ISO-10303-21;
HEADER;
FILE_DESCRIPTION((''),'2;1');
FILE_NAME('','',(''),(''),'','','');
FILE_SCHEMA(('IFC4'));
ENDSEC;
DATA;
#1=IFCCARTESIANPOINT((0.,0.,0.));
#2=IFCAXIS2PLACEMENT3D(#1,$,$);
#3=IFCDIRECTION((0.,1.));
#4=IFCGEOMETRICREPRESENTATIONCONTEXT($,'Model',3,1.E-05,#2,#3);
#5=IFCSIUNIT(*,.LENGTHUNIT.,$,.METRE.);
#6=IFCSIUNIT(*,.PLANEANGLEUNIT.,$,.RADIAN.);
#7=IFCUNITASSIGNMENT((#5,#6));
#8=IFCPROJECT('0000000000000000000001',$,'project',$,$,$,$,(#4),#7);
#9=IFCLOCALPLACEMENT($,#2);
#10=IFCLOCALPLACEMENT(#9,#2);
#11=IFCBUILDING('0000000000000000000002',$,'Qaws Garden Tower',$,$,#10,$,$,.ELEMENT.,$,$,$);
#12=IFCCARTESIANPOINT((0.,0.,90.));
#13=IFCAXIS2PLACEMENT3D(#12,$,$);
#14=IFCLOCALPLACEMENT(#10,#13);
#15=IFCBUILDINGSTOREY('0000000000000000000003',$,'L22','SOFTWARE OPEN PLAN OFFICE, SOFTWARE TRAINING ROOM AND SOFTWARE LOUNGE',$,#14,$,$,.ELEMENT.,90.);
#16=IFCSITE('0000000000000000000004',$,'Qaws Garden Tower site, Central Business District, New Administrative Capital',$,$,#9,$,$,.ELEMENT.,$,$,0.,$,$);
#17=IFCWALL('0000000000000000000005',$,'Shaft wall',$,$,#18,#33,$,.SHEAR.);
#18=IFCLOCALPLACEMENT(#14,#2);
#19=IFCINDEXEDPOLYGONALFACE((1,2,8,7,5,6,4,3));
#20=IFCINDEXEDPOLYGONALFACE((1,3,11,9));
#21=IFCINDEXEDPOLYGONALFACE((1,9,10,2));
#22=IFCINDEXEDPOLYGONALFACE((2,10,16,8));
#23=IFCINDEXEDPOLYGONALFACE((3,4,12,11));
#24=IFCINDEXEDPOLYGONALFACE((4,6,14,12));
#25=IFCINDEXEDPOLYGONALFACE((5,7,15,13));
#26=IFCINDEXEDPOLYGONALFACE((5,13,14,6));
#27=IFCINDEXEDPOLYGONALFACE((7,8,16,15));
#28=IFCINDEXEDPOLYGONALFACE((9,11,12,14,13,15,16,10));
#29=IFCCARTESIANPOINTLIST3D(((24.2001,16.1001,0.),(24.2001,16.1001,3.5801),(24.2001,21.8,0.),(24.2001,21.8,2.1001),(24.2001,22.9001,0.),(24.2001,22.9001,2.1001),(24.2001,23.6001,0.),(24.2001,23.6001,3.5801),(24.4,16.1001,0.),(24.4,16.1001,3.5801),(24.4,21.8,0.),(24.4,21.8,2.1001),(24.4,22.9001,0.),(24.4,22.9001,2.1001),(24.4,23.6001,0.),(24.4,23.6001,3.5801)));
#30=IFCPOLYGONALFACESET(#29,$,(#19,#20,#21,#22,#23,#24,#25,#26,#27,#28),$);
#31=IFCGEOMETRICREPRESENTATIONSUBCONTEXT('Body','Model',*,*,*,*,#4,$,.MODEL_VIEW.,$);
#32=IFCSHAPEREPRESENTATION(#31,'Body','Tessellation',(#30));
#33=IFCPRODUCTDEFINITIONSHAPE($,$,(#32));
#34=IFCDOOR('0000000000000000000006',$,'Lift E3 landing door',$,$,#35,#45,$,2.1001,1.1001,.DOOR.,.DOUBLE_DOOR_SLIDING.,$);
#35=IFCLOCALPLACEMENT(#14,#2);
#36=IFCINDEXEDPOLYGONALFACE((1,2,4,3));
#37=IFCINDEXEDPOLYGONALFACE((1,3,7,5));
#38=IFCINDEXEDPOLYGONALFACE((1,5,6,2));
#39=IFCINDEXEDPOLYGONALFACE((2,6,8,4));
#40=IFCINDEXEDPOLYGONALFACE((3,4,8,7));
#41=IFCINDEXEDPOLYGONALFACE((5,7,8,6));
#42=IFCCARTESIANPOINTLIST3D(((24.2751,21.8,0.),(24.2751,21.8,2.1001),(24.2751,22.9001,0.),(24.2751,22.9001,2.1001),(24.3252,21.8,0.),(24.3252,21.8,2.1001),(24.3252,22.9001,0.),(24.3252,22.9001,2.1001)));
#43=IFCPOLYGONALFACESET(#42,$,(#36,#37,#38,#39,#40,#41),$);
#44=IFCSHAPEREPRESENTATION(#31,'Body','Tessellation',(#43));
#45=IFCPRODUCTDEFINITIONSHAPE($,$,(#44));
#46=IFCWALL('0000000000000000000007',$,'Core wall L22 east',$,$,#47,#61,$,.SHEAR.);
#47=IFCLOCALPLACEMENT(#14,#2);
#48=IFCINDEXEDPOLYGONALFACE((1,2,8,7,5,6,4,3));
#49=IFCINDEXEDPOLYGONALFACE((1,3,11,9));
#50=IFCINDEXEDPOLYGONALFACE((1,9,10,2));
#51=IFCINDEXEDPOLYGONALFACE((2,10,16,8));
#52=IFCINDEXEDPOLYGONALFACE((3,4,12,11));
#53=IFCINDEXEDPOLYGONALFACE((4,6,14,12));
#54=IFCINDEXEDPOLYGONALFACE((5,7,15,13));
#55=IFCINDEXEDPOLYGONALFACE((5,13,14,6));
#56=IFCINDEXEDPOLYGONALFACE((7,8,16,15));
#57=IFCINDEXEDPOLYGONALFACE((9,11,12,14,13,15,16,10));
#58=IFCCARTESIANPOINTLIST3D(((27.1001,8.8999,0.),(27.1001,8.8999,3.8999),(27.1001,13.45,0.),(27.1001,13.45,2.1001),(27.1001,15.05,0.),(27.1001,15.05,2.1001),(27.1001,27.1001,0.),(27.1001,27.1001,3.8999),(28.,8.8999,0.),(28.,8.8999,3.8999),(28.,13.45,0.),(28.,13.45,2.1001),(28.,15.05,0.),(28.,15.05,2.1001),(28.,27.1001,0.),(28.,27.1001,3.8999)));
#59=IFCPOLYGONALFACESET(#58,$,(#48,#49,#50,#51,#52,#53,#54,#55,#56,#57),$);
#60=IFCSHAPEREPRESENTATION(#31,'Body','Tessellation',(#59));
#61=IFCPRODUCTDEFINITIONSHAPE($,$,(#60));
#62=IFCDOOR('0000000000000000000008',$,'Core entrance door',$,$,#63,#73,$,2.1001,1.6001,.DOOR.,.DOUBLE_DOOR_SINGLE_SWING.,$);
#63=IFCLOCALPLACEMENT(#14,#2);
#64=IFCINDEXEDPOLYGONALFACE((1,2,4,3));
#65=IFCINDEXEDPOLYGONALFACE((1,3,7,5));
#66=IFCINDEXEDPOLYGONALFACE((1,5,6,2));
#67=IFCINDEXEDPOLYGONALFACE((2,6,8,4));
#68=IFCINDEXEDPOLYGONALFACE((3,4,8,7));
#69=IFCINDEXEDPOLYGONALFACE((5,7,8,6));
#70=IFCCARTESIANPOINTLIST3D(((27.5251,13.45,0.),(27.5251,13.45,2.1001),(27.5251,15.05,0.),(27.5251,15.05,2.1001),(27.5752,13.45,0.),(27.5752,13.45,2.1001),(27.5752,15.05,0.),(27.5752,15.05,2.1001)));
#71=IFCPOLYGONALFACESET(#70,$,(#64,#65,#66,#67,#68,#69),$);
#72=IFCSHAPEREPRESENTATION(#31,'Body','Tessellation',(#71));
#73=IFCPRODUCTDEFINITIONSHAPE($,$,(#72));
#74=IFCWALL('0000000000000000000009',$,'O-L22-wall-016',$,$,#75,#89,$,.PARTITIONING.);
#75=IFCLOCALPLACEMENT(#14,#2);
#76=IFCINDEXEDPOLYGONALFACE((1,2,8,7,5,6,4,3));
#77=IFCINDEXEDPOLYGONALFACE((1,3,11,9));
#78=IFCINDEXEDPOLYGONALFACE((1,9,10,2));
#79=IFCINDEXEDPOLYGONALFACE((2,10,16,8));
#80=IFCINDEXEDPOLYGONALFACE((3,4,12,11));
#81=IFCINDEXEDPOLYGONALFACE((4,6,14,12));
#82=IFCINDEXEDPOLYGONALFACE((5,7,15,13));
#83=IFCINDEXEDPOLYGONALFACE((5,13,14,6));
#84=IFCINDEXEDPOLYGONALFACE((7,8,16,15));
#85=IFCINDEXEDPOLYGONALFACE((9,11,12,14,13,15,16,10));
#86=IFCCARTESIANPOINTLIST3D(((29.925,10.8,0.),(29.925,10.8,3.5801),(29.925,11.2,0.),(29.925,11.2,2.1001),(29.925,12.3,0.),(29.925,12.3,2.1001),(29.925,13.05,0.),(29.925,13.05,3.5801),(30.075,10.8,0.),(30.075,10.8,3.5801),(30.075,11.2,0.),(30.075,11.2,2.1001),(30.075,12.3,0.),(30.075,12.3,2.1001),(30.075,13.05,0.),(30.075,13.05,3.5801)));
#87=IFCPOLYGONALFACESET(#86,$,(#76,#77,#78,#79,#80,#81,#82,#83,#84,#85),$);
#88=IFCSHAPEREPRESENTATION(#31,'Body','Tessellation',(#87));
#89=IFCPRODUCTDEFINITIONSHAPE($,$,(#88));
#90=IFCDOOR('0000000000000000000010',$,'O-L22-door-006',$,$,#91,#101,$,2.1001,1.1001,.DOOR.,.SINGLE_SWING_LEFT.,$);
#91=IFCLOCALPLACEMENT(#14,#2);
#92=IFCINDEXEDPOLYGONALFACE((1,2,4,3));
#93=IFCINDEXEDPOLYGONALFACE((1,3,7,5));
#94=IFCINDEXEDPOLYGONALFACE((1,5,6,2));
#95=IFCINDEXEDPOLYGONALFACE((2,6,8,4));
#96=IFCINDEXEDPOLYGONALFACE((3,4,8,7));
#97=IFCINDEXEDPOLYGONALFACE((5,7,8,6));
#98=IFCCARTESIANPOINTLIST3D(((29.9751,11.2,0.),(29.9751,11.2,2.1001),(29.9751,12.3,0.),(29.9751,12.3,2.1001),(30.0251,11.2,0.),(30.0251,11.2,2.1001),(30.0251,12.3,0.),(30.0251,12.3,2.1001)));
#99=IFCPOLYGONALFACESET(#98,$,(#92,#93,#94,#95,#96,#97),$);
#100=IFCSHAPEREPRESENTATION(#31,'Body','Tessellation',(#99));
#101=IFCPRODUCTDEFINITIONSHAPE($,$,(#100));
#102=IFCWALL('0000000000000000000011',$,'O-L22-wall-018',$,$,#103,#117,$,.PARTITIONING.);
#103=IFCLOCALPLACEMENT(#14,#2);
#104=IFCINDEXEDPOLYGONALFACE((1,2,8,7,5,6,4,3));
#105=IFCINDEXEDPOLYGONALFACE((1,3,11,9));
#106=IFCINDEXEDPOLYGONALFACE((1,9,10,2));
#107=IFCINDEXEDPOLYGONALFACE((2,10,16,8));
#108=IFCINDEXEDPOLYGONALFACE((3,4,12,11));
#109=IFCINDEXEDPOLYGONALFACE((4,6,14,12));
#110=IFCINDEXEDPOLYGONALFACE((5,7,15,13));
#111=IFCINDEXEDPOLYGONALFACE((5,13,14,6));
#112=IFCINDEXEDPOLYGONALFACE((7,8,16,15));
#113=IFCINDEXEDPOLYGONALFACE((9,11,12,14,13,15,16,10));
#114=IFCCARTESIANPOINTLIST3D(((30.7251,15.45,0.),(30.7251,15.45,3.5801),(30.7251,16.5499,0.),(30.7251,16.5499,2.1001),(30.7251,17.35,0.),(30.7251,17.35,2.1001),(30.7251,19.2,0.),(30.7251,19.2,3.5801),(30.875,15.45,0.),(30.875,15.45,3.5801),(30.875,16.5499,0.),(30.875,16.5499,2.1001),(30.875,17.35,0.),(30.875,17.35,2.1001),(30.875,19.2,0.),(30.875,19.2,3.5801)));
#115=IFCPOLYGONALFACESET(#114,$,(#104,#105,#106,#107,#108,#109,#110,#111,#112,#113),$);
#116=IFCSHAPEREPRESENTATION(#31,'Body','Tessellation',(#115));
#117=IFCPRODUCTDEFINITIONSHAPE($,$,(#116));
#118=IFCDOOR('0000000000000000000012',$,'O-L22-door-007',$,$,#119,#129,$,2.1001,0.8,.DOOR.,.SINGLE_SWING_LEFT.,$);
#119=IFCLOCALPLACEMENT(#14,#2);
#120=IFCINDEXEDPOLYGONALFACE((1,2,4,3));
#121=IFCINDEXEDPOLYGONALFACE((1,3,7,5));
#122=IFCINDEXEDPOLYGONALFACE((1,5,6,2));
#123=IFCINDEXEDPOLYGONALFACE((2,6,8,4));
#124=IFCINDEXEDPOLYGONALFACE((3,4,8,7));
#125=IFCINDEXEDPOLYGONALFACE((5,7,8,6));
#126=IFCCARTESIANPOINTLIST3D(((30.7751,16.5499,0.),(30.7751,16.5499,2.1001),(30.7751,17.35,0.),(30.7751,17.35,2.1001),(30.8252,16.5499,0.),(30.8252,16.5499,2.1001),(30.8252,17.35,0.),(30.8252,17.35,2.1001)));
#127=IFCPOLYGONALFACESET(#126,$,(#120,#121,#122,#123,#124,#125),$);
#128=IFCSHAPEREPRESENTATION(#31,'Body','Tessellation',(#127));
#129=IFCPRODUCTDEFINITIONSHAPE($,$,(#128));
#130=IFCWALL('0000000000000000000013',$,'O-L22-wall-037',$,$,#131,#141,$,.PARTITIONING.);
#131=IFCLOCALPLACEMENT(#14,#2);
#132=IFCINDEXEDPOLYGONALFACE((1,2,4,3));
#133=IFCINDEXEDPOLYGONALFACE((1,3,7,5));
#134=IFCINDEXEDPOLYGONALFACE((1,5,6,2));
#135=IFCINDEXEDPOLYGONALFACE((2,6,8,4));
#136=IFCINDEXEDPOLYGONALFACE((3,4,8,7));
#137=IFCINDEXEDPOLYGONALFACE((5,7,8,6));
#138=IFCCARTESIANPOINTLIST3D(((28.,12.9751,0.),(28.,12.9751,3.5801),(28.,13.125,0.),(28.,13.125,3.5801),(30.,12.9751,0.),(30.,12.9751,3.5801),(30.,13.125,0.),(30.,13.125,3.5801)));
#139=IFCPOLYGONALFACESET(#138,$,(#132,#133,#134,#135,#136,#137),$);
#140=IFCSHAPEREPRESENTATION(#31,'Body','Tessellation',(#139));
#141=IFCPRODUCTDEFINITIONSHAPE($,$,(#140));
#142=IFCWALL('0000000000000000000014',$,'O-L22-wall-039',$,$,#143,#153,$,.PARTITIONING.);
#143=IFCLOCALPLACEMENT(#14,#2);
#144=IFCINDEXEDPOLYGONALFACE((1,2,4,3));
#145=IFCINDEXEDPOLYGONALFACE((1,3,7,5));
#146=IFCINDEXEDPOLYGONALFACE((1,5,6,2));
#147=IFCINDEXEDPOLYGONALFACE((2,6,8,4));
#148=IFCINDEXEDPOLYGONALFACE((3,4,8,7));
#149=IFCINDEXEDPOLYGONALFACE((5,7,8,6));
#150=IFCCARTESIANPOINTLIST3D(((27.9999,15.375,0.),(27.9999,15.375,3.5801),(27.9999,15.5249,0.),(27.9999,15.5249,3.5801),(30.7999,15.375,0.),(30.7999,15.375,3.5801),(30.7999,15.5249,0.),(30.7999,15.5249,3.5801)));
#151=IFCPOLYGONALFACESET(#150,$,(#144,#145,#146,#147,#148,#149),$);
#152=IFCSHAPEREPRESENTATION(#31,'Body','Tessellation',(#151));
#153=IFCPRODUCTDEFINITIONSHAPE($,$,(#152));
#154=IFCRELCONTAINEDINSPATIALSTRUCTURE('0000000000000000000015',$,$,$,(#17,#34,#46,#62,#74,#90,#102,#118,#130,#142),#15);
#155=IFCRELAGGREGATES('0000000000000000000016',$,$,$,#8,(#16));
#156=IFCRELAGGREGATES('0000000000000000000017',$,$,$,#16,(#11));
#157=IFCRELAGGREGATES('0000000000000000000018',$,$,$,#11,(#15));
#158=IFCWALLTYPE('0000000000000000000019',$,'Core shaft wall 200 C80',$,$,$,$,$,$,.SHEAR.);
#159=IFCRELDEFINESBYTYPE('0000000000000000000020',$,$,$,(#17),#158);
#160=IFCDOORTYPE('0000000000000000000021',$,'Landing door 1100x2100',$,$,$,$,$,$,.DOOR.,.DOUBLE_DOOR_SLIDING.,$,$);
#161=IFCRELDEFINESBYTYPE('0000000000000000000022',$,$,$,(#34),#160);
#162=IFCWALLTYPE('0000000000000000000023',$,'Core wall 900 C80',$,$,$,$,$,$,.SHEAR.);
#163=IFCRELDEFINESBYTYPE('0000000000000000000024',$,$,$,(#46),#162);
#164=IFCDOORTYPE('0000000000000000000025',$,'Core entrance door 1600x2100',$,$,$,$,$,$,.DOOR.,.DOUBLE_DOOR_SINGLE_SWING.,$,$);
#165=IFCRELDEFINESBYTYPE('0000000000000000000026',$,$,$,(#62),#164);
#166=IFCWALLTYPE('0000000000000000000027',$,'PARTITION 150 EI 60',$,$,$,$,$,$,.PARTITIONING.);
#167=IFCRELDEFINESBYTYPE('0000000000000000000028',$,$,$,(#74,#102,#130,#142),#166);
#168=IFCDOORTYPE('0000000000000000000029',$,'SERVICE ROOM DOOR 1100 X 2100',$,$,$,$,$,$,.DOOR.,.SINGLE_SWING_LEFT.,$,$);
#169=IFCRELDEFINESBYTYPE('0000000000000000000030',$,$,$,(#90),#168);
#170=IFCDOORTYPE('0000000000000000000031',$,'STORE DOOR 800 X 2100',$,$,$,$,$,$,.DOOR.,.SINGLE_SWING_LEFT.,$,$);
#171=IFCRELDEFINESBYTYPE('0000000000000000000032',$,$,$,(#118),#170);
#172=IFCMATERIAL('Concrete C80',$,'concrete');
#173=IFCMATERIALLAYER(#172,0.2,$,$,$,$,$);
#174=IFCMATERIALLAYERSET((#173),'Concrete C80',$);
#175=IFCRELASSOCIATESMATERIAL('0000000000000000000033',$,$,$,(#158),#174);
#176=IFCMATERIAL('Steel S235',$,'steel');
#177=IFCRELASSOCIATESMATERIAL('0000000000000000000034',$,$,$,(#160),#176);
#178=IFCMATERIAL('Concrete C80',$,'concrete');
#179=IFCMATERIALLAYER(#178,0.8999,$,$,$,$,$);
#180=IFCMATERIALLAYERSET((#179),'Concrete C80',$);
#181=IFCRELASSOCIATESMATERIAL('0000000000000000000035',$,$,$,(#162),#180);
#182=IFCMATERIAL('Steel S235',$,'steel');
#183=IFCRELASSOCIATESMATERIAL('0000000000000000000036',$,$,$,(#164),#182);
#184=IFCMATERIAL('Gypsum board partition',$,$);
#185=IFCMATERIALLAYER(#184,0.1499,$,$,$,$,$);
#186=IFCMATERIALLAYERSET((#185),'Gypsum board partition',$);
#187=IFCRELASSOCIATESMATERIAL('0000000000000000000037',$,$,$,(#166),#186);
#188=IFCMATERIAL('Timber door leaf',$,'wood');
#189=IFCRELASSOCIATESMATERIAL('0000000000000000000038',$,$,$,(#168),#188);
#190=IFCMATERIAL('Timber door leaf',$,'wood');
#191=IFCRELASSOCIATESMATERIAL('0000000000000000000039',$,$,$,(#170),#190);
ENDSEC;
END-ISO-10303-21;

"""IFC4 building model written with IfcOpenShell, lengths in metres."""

from ifc_helpers import new_model, si_unit, direction, frame, frame_2d, origin, place, context, subcontext, project, spatial, rectangle, extrude, material, layer, layer_set, type_object, element, fill, save


model = new_model("IFC4")

# Units and contexts
model_context = context("Model", 3, precision=1e-05, world=origin(), true_north=direction((0.0, 1.0)))
body_context = subcontext(model_context, "Body", "Model", "MODEL_VIEW")
ifc_project = project(units=[si_unit("LENGTHUNIT", "METRE"), si_unit("PLANEANGLEUNIT", "RADIAN")], contexts=[model_context])

# Site, building, storey
site_placement = place(None, origin())
site = spatial("IfcSite", under=ifc_project, at=site_placement, Name="Qaws Garden Tower site, Central Business District, New Administrative Capital", CompositionType="ELEMENT", RefElevation=0.0)
building_placement = place(site_placement, origin())
building = spatial("IfcBuilding", under=site, at=building_placement, Name="Qaws Garden Tower", CompositionType="ELEMENT")
storey_placement = place(building_placement, frame((0.0, 0.0, 90.0)))
storey = spatial("IfcBuildingStorey", under=building, at=storey_placement, Name="L22", Description="SOFTWARE OPEN PLAN OFFICE, SOFTWARE TRAINING ROOM AND SOFTWARE LOUNGE", CompositionType="ELEMENT", Elevation=90.0)

# Shared definitions
ifc_material_1 = material(Name="Concrete C80", Category="concrete")
ifc_layer_1 = layer(ifc_material_1, 0.2)
ifc_layer_set_1 = layer_set([ifc_layer_1], Name="Concrete C80")
wall_type_1 = type_object("IfcWallType", Name="Core shaft wall 200 C80", PredefinedType="SHEAR", material=ifc_layer_set_1)

# Walls, openings, doors
wall_1_placement = place(storey_placement, frame((24.3, 16.1001, 0.0), z_axis=(0.0, 0.0, 1.0), x_axis=(0.0, 1.0, 0.0)))
wall_1 = element("IfcWall", 1, at=wall_1_placement, inside=storey, type_object=wall_type_1, Name="Shaft wall", PredefinedType="SHEAR", context=body_context, shape_type="SweptSolid", body=[
    extrude(rectangle(XDim=7.5, YDim=0.2, at=frame_2d((3.75, 0.0))), origin(), (0.0, 0.0, 1.0), 3.5801),
])
opening_1_placement = place(wall_1_placement, frame((5.7, 0.0, 0.0)))
opening_1 = element("IfcOpeningElement", 2, at=opening_1_placement, cuts=wall_1, PredefinedType="OPENING", context=body_context, shape_type="SweptSolid", body=[
    extrude(rectangle(XDim=1.1001, YDim=2.1001, at=frame_2d((0.55, 1.05))), frame((0.0, 0.1099, 0.0), z_axis=(0.0, -1.0, 0.0), x_axis=(1.0, 0.0, 0.0)), (0.0, 0.0, 1.0), 0.22),
])
ifc_material_2 = material(Name="Steel S235", Category="steel")
door_type_1 = type_object("IfcDoorType", Name="Landing door 1100x2100", OperationType="DOUBLE_DOOR_SLIDING", PredefinedType="DOOR", material=ifc_material_2)
door_1_placement = place(opening_1_placement, origin())
door_1 = element("IfcDoor", 3, at=door_1_placement, inside=storey, type_object=door_type_1, Name="Lift E3 landing door", OperationType="DOUBLE_DOOR_SLIDING", OverallHeight=2.1001, OverallWidth=1.1001, PredefinedType="DOOR", context=body_context, shape_type="SweptSolid", body=[
    extrude(rectangle(XDim=1.1001, YDim=2.1001, at=frame_2d((0.55, 1.05))), frame((0.0, 0.0249, 0.0), z_axis=(0.0, -1.0, 0.0), x_axis=(1.0, 0.0, 0.0)), (0.0, 0.0, 1.0), 0.05),
])
fill(opening_1, door_1)
ifc_material_3 = material(Name="Concrete C80", Category="concrete")
ifc_layer_2 = layer(ifc_material_3, 0.8999)
ifc_layer_set_2 = layer_set([ifc_layer_2], Name="Concrete C80")
wall_type_2 = type_object("IfcWallType", Name="Core wall 900 C80", PredefinedType="SHEAR", material=ifc_layer_set_2)
wall_2_placement = place(storey_placement, frame((27.55, 8.8999, 0.0), z_axis=(0.0, 0.0, 1.0), x_axis=(0.0, 1.0, 0.0)))
wall_2 = element("IfcWall", 4, at=wall_2_placement, inside=storey, type_object=wall_type_2, Name="Core wall L22 east", PredefinedType="SHEAR", context=body_context, shape_type="SweptSolid", body=[
    extrude(rectangle(XDim=18.2002, YDim=0.8999, at=frame_2d((9.1001, 0.0))), origin(), (0.0, 0.0, 1.0), 3.8999),
])
opening_2_placement = place(wall_2_placement, frame((4.55, 0.0, 0.0)))
opening_2 = element("IfcOpeningElement", 5, at=opening_2_placement, cuts=wall_2, PredefinedType="OPENING", context=body_context, shape_type="SweptSolid", body=[
    extrude(rectangle(XDim=1.6001, YDim=2.1001, at=frame_2d((0.8, 1.05))), frame((0.0, 0.46, 0.0), z_axis=(0.0, -1.0, 0.0), x_axis=(1.0, 0.0, 0.0)), (0.0, 0.0, 1.0), 0.9199),
])
ifc_material_4 = material(Name="Steel S235", Category="steel")
door_type_2 = type_object("IfcDoorType", Name="Core entrance door 1600x2100", OperationType="DOUBLE_DOOR_SINGLE_SWING", PredefinedType="DOOR", material=ifc_material_4)
door_2_placement = place(opening_2_placement, origin())
door_2 = element("IfcDoor", 6, at=door_2_placement, inside=storey, type_object=door_type_2, Name="Core entrance door", OperationType="DOUBLE_DOOR_SINGLE_SWING", OverallHeight=2.1001, OverallWidth=1.6001, PredefinedType="DOOR", context=body_context, shape_type="SweptSolid", body=[
    extrude(rectangle(XDim=1.6001, YDim=2.1001, at=frame_2d((0.8, 1.05))), frame((0.0, 0.0249, 0.0), z_axis=(0.0, -1.0, 0.0), x_axis=(1.0, 0.0, 0.0)), (0.0, 0.0, 1.0), 0.05),
])
fill(opening_2, door_2)
ifc_material_5 = material(Name="Gypsum board partition")
ifc_layer_3 = layer(ifc_material_5, 0.1499)
ifc_layer_set_3 = layer_set([ifc_layer_3], Name="Gypsum board partition")
wall_type_3 = type_object("IfcWallType", Name="PARTITION 150 EI 60", PredefinedType="PARTITIONING", material=ifc_layer_set_3)
wall_3_placement = place(storey_placement, frame((30.0, 10.8, 0.0), z_axis=(0.0, 0.0, 1.0), x_axis=(0.0, 1.0, 0.0)))
wall_3 = element("IfcWall", 7, at=wall_3_placement, inside=storey, type_object=wall_type_3, Name="O-L22-wall-016", PredefinedType="PARTITIONING", context=body_context, shape_type="SweptSolid", body=[
    extrude(rectangle(XDim=2.25, YDim=0.1499, at=frame_2d((1.125, 0.0))), origin(), (0.0, 0.0, 1.0), 3.5801),
])
opening_3_placement = place(wall_3_placement, frame((0.3999, 0.0, 0.0)))
opening_3 = element("IfcOpeningElement", 8, at=opening_3_placement, cuts=wall_3, PredefinedType="OPENING", context=body_context, shape_type="SweptSolid", body=[
    extrude(rectangle(XDim=1.1001, YDim=2.1001, at=frame_2d((0.55, 1.05))), frame((0.0, 0.085, 0.0), z_axis=(0.0, -1.0, 0.0), x_axis=(1.0, 0.0, 0.0)), (0.0, 0.0, 1.0), 0.1699),
])
ifc_material_6 = material(Name="Timber door leaf", Category="wood")
door_type_3 = type_object("IfcDoorType", Name="SERVICE ROOM DOOR 1100 X 2100", OperationType="SINGLE_SWING_LEFT", PredefinedType="DOOR", material=ifc_material_6)
door_3_placement = place(opening_3_placement, origin())
door_3 = element("IfcDoor", 9, at=door_3_placement, inside=storey, type_object=door_type_3, Name="O-L22-door-006", OperationType="SINGLE_SWING_LEFT", OverallHeight=2.1001, OverallWidth=1.1001, PredefinedType="DOOR", context=body_context, shape_type="SweptSolid", body=[
    extrude(rectangle(XDim=1.1001, YDim=2.1001, at=frame_2d((0.55, 1.05))), frame((0.0, 0.0249, 0.0), z_axis=(0.0, -1.0, 0.0), x_axis=(1.0, 0.0, 0.0)), (0.0, 0.0, 1.0), 0.05),
])
fill(opening_3, door_3)
wall_4_placement = place(storey_placement, frame((30.8, 15.45, 0.0), z_axis=(0.0, 0.0, 1.0), x_axis=(0.0, 1.0, 0.0)))
wall_4 = element("IfcWall", 10, at=wall_4_placement, inside=storey, type_object=wall_type_3, Name="O-L22-wall-018", PredefinedType="PARTITIONING", context=body_context, shape_type="SweptSolid", body=[
    extrude(rectangle(XDim=3.75, YDim=0.1499, at=frame_2d((1.875, 0.0))), origin(), (0.0, 0.0, 1.0), 3.5801),
])
opening_4_placement = place(wall_4_placement, frame((1.1001, 0.0, 0.0)))
opening_4 = element("IfcOpeningElement", 11, at=opening_4_placement, cuts=wall_4, PredefinedType="OPENING", context=body_context, shape_type="SweptSolid", body=[
    extrude(rectangle(XDim=0.8, YDim=2.1001, at=frame_2d((0.3999, 1.05))), frame((0.0, 0.085, 0.0), z_axis=(0.0, -1.0, 0.0), x_axis=(1.0, 0.0, 0.0)), (0.0, 0.0, 1.0), 0.1699),
])
ifc_material_7 = material(Name="Timber door leaf", Category="wood")
door_type_4 = type_object("IfcDoorType", Name="STORE DOOR 800 X 2100", OperationType="SINGLE_SWING_LEFT", PredefinedType="DOOR", material=ifc_material_7)
door_4_placement = place(opening_4_placement, origin())
door_4 = element("IfcDoor", 12, at=door_4_placement, inside=storey, type_object=door_type_4, Name="O-L22-door-007", OperationType="SINGLE_SWING_LEFT", OverallHeight=2.1001, OverallWidth=0.8, PredefinedType="DOOR", context=body_context, shape_type="SweptSolid", body=[
    extrude(rectangle(XDim=0.8, YDim=2.1001, at=frame_2d((0.3999, 1.05))), frame((0.0, 0.0249, 0.0), z_axis=(0.0, -1.0, 0.0), x_axis=(1.0, 0.0, 0.0)), (0.0, 0.0, 1.0), 0.05),
])
fill(opening_4, door_4)

# Walls
wall_5_placement = place(storey_placement, frame((28.0, 13.05, 0.0), z_axis=(0.0, 0.0, 1.0), x_axis=(1.0, 0.0, 0.0)))
element("IfcWall", 13, at=wall_5_placement, inside=storey, type_object=wall_type_3, Name="O-L22-wall-037", PredefinedType="PARTITIONING", context=body_context, shape_type="SweptSolid", body=[
    extrude(rectangle(XDim=2.0, YDim=0.1499, at=frame_2d((1.0, 0.0))), origin(), (0.0, 0.0, 1.0), 3.5801),
])
wall_6_placement = place(storey_placement, frame((28.0, 15.45, 0.0), z_axis=(0.0, 0.0, 1.0), x_axis=(1.0, 0.0, 0.0)))
element("IfcWall", 14, at=wall_6_placement, inside=storey, type_object=wall_type_3, Name="O-L22-wall-039", PredefinedType="PARTITIONING", context=body_context, shape_type="SweptSolid", body=[
    extrude(rectangle(XDim=2.8, YDim=0.1499, at=frame_2d((1.3999, 0.0))), origin(), (0.0, 0.0, 1.0), 3.5801),
])

save(model, "model.ifc")
